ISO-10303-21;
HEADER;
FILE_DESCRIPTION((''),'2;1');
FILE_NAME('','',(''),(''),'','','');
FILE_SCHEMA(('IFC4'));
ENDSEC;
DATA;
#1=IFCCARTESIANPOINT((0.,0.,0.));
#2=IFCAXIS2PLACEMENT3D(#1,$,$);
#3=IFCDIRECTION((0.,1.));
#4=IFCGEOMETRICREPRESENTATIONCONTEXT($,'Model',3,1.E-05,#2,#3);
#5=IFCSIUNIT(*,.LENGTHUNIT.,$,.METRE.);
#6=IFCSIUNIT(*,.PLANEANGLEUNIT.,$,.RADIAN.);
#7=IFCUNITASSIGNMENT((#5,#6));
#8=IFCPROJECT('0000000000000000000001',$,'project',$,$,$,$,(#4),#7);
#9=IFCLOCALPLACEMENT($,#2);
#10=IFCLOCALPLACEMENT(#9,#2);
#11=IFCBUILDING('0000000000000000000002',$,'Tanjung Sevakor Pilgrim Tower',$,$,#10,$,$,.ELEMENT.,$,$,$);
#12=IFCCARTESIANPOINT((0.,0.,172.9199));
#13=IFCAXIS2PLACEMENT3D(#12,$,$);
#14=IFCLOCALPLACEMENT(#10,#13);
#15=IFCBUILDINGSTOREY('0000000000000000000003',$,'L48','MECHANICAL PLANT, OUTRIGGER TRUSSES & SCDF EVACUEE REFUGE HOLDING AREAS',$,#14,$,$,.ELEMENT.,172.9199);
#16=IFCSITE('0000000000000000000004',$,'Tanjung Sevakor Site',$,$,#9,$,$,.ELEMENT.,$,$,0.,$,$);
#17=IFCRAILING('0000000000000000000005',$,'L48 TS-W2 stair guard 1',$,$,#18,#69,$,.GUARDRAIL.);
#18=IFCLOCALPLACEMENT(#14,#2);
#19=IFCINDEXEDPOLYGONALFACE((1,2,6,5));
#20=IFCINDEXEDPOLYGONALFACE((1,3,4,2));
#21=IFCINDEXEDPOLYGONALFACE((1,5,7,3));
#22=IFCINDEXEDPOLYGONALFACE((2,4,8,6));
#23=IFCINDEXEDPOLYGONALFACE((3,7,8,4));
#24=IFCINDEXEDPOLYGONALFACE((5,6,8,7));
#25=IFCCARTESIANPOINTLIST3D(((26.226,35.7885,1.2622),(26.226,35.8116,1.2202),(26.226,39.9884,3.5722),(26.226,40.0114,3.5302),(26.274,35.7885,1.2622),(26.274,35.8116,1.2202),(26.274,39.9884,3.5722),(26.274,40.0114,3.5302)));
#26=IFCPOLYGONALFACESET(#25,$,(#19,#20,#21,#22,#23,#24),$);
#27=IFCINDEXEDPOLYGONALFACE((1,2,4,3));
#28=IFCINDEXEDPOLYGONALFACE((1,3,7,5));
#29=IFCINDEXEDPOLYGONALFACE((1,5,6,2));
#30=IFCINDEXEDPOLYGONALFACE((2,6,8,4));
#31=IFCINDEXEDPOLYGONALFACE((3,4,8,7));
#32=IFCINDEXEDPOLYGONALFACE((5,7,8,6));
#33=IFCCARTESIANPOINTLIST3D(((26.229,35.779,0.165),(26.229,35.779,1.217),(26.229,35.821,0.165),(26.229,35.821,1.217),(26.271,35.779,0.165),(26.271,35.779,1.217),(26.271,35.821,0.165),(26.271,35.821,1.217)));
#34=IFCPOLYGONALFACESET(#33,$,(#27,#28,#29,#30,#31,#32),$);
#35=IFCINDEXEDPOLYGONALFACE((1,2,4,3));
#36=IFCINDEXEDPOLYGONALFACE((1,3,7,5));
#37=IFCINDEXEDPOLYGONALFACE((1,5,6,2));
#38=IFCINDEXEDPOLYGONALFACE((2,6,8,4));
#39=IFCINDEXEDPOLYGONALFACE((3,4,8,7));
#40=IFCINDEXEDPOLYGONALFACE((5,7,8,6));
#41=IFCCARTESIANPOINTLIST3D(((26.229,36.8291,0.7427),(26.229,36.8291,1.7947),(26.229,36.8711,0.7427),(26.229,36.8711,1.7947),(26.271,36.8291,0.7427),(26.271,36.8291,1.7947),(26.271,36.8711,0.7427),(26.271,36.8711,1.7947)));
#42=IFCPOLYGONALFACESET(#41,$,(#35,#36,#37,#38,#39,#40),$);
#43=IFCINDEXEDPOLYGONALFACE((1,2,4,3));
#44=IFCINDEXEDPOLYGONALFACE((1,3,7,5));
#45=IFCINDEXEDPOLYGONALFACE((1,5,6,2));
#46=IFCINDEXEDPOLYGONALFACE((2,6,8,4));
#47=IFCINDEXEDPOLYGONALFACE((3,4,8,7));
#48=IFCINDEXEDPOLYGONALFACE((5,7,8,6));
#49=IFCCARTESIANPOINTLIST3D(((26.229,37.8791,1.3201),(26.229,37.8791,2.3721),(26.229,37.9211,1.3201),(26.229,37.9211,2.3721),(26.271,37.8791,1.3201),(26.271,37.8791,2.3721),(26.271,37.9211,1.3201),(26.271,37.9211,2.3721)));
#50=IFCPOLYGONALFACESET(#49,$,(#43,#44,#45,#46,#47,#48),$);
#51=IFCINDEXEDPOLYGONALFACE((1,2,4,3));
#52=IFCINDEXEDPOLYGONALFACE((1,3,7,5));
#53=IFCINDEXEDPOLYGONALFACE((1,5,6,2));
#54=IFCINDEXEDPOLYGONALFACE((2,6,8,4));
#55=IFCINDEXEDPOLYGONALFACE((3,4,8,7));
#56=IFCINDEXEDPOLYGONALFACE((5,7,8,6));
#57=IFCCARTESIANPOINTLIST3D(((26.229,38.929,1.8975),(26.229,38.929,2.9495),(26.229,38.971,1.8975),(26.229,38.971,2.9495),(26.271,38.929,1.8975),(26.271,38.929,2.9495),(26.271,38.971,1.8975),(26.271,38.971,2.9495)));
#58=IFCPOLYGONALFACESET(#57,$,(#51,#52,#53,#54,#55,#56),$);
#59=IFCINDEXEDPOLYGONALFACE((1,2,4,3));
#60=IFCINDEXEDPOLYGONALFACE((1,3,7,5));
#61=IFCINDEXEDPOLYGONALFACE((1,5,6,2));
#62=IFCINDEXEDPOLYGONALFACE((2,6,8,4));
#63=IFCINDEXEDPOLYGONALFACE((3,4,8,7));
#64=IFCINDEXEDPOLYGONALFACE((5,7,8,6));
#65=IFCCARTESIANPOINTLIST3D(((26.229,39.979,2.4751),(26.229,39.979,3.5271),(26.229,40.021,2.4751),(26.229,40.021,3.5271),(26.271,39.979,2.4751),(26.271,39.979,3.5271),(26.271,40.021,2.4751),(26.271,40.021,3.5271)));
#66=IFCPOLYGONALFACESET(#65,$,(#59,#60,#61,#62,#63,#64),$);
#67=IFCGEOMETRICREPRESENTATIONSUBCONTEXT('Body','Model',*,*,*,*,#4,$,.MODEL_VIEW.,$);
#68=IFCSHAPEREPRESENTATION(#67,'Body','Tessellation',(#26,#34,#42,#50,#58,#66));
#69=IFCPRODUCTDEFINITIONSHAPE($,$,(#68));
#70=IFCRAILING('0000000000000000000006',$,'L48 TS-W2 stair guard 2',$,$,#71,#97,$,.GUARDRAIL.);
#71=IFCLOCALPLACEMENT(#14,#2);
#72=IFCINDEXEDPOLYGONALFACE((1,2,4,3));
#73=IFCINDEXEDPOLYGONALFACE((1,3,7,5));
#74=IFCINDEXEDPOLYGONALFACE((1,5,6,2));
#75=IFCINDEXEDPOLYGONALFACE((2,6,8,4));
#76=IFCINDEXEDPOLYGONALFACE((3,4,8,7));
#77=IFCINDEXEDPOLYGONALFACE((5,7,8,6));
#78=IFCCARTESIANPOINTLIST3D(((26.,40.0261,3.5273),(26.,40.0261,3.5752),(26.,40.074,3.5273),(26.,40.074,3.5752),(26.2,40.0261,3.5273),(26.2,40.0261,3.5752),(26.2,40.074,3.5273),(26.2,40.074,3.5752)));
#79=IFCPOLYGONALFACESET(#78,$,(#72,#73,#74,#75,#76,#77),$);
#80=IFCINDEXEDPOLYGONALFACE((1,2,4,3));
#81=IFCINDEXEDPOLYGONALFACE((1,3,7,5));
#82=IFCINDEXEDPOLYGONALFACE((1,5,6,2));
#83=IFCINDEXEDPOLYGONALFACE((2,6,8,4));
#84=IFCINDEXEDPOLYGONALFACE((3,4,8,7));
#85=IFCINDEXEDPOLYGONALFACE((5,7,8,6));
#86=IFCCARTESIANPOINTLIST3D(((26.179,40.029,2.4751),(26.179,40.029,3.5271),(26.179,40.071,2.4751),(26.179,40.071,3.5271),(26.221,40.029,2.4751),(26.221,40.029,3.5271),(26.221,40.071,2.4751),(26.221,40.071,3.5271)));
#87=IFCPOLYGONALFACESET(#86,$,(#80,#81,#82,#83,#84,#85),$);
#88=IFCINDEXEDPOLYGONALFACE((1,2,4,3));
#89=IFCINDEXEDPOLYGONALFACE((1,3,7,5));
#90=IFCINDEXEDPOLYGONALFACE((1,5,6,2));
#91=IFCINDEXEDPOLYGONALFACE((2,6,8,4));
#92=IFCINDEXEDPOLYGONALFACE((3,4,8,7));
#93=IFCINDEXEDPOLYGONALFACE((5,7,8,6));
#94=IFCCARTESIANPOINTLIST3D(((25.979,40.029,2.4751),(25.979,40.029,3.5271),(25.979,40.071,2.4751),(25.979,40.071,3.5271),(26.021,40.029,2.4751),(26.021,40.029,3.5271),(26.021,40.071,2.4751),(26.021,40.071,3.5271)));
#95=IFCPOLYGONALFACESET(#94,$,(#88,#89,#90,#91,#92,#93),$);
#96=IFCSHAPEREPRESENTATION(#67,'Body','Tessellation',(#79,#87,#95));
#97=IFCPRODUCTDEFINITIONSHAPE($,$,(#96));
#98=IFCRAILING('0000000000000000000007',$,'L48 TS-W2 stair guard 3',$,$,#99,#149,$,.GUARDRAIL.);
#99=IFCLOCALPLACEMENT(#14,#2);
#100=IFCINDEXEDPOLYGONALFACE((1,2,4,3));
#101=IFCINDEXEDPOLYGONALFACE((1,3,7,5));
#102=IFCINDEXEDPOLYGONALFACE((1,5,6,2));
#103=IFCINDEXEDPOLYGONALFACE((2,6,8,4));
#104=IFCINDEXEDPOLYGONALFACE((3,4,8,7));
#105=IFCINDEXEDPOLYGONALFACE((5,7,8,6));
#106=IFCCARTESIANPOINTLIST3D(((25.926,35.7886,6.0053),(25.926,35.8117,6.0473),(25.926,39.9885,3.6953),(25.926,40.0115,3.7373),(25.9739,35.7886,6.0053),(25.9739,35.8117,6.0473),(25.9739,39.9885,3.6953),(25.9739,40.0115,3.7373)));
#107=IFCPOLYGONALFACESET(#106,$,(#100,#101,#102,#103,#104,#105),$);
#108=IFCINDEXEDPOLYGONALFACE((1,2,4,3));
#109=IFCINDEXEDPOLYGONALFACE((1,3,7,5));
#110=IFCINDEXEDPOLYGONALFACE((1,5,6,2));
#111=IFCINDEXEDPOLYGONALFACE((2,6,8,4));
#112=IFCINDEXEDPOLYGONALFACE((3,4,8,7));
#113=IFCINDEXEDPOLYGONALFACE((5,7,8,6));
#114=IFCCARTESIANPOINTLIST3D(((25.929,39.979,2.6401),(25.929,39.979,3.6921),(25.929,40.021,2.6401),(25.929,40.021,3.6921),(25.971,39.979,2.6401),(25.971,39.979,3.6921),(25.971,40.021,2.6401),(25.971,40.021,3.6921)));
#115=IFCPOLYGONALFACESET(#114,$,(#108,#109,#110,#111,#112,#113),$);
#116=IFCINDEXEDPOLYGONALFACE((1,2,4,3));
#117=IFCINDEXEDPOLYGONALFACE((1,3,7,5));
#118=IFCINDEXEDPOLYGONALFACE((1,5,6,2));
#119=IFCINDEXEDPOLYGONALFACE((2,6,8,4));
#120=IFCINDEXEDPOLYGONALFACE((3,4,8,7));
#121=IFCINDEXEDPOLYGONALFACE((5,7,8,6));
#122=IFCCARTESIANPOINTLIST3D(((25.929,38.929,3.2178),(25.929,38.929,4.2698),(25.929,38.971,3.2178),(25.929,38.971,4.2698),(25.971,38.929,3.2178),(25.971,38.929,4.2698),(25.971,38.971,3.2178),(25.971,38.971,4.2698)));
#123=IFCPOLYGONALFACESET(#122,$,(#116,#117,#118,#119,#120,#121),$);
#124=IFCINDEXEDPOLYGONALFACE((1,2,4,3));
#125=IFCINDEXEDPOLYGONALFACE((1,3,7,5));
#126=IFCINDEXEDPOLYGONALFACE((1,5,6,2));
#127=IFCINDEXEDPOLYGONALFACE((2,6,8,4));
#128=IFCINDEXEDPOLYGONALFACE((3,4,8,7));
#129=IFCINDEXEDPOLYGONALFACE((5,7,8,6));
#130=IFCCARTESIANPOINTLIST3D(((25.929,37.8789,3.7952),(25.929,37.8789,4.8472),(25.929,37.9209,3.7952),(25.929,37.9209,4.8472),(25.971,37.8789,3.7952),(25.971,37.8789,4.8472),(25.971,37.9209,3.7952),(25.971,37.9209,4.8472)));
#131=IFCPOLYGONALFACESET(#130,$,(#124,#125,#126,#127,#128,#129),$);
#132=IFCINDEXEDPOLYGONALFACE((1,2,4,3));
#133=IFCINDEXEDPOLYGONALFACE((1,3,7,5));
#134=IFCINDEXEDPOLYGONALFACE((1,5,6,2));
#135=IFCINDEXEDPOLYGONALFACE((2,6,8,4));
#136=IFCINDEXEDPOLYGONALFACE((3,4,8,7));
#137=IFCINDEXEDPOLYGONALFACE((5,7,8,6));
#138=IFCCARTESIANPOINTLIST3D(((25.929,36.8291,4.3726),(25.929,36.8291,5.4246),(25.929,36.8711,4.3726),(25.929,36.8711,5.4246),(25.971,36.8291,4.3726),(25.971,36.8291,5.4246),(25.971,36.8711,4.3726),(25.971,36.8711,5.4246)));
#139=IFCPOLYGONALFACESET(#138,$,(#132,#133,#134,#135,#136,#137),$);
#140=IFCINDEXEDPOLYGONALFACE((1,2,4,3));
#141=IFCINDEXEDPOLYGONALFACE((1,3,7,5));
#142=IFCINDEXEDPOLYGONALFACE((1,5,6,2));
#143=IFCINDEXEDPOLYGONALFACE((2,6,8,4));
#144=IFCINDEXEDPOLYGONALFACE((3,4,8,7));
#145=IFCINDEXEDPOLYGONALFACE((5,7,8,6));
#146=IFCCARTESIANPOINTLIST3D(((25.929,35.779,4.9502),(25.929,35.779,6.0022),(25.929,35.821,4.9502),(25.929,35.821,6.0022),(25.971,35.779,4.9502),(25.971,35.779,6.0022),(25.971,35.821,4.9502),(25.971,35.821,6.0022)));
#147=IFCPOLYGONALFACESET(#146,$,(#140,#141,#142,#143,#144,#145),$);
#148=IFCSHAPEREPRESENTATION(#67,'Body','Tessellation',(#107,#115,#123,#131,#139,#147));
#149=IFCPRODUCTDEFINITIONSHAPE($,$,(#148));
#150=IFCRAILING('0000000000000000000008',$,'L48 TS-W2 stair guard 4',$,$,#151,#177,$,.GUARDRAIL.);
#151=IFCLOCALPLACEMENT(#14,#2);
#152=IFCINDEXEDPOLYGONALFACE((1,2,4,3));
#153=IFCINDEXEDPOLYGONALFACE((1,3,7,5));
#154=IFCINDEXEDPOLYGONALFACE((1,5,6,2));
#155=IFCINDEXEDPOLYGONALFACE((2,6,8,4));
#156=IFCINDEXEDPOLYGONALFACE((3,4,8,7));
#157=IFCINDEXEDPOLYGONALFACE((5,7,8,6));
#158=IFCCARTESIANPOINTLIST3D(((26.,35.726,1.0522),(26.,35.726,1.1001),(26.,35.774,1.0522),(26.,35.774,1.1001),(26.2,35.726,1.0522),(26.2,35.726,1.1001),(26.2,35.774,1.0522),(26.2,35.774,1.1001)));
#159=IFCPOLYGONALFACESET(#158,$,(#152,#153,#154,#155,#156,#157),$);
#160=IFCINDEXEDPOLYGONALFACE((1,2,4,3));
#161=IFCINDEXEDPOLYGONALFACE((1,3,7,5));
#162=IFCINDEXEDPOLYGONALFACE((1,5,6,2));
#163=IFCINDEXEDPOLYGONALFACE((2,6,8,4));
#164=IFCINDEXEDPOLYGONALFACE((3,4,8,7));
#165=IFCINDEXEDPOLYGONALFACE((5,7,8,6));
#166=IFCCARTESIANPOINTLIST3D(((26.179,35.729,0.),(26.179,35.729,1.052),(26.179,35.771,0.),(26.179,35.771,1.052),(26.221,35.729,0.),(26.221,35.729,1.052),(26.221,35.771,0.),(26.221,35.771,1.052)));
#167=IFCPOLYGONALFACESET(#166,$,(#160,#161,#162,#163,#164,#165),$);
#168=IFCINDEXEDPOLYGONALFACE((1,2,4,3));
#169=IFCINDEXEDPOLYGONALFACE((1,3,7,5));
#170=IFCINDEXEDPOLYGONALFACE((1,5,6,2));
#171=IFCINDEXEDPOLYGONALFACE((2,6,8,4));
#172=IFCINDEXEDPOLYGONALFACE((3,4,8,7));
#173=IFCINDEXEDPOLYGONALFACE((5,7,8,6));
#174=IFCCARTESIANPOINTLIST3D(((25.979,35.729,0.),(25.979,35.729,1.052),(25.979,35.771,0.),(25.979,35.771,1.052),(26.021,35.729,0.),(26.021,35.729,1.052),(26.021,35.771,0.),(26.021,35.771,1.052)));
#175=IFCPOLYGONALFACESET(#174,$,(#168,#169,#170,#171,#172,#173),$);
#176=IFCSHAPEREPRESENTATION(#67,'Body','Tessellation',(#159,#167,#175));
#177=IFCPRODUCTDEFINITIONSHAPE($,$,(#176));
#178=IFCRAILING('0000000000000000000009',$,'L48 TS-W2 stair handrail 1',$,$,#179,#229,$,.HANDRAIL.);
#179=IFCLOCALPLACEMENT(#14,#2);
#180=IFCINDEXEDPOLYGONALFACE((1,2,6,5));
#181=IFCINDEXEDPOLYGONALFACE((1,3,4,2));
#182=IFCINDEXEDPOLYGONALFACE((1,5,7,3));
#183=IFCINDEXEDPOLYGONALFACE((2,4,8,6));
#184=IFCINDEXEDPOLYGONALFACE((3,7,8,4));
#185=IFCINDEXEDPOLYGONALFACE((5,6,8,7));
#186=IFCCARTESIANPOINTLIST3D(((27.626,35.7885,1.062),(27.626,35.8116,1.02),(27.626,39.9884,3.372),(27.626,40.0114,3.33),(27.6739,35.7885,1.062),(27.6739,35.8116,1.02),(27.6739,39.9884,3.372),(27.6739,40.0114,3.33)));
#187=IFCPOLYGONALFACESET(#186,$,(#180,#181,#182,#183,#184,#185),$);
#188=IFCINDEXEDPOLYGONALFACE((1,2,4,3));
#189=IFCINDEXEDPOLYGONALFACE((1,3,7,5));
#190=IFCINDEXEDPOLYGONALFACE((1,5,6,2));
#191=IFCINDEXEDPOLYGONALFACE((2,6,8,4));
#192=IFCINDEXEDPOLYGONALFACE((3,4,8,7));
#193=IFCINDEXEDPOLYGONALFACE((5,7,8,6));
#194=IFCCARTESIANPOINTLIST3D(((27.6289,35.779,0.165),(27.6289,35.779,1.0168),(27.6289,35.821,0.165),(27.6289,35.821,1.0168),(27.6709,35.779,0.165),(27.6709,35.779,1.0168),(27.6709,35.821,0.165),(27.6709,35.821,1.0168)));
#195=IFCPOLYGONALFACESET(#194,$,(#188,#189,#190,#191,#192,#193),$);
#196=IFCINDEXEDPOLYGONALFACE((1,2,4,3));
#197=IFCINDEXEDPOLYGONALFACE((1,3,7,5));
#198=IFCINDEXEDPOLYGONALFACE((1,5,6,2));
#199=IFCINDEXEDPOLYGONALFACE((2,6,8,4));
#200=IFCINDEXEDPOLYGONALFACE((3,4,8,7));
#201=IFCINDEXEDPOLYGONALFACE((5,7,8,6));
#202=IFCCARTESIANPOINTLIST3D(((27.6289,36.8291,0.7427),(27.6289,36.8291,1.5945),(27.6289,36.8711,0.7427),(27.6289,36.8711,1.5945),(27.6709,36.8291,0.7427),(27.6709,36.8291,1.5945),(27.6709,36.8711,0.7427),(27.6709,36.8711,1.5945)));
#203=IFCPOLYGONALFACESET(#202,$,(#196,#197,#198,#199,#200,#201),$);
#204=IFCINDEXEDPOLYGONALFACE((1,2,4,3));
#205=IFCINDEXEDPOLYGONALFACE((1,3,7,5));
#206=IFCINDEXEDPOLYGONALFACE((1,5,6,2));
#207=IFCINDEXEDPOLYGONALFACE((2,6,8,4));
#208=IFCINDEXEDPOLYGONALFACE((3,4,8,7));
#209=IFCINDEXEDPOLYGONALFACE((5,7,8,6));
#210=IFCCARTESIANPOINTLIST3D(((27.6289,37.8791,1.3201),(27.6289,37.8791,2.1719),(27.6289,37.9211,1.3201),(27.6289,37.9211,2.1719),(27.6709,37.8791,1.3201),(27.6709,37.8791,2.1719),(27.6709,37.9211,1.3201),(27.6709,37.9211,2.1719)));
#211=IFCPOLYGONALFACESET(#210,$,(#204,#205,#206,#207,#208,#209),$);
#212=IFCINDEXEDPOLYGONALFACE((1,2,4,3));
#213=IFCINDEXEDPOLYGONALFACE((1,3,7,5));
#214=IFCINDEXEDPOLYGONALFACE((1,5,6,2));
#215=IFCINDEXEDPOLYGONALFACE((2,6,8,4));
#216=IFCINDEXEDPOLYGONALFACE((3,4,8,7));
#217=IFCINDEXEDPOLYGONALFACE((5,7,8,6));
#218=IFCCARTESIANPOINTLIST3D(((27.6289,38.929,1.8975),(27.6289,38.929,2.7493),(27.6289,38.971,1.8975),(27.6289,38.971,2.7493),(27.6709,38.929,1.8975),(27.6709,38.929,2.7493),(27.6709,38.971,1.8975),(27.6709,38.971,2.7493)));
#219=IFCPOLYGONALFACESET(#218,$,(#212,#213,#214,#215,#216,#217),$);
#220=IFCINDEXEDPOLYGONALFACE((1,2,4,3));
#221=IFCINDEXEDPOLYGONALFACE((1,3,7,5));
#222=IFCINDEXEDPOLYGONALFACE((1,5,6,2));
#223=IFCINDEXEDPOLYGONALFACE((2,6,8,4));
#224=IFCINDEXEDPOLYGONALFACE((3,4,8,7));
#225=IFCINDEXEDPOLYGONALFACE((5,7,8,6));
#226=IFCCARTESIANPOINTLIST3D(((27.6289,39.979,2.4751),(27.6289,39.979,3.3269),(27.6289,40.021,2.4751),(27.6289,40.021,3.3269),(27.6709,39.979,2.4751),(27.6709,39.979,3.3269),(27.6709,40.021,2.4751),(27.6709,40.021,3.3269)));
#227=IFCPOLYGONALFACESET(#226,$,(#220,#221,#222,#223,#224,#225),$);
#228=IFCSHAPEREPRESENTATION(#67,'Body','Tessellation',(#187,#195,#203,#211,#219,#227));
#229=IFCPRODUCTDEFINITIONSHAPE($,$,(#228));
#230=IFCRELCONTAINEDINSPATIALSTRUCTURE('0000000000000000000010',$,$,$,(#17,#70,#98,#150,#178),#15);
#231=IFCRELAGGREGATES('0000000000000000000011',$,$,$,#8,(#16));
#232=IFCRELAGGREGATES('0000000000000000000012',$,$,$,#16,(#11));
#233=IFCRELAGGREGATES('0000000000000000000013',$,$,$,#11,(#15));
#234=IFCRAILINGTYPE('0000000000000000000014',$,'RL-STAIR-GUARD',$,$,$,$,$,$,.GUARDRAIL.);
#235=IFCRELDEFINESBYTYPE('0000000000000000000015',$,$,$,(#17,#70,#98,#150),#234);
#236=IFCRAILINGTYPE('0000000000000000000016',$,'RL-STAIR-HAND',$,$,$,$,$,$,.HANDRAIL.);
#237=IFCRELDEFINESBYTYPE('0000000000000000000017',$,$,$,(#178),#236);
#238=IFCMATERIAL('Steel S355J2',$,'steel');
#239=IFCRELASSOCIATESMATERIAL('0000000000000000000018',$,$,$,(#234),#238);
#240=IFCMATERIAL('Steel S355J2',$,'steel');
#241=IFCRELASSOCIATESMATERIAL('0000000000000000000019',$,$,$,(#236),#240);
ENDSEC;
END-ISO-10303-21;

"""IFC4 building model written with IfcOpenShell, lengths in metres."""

from ifc_helpers import new_model, si_unit, direction, frame, origin, place, context, subcontext, project, spatial, rectangle, extrude, material, type_object, element, save


model = new_model("IFC4")

# Units and contexts
model_context = context("Model", 3, precision=1e-05, world=origin(), true_north=direction((0.0, 1.0)))
body_context = subcontext(model_context, "Body", "Model", "MODEL_VIEW")
ifc_project = project(units=[si_unit("LENGTHUNIT", "METRE"), si_unit("PLANEANGLEUNIT", "RADIAN")], contexts=[model_context])

# Site, building, storey
site_placement = place(None, origin())
site = spatial("IfcSite", under=ifc_project, at=site_placement, Name="Tanjung Sevakor Site", CompositionType="ELEMENT", RefElevation=0.0)
building_placement = place(site_placement, origin())
building = spatial("IfcBuilding", under=site, at=building_placement, Name="Tanjung Sevakor Pilgrim Tower", CompositionType="ELEMENT")
storey_placement = place(building_placement, frame((0.0, 0.0, 172.9199)))
storey = spatial("IfcBuildingStorey", under=building, at=storey_placement, Name="L48", Description="MECHANICAL PLANT, OUTRIGGER TRUSSES & SCDF EVACUEE REFUGE HOLDING AREAS", CompositionType="ELEMENT", Elevation=172.9199)

# Railings
ifc_material_1 = material(Name="Steel S355J2", Category="steel")
railing_type_1 = type_object("IfcRailingType", Name="RL-STAIR-GUARD", PredefinedType="GUARDRAIL", material=ifc_material_1)
railing_1_placement = place(storey_placement, frame((26.25, 35.8, 0.165)))
element("IfcRailing", 1, at=railing_1_placement, inside=storey, type_object=railing_type_1, Name="L48 TS-W2 stair guard 1", PredefinedType="GUARDRAIL", context=body_context, shape_type="SweptSolid", body=[
    extrude(rectangle(XDim=0.0479, YDim=0.0479), frame((0.0, 0.0, 1.0762), z_axis=(0.0, 0.876208, 0.481932), x_axis=(-1.0, 0.0, 0.0)), (0.0, 0.0, 1.0), 4.7932),
    extrude(rectangle(XDim=0.042, YDim=0.042), origin(), (0.0, 0.0, 1.0), 1.052),
    extrude(rectangle(XDim=0.042, YDim=0.042), frame((0.0, 1.05, 0.5776)), (0.0, 0.0, 1.0), 1.052),
    extrude(rectangle(XDim=0.042, YDim=0.042), frame((0.0, 2.1001, 1.155)), (0.0, 0.0, 1.0), 1.052),
    extrude(rectangle(XDim=0.042, YDim=0.042), frame((0.0, 3.1499, 1.7324)), (0.0, 0.0, 1.0), 1.052),
    extrude(rectangle(XDim=0.042, YDim=0.042), frame((0.0, 4.2, 2.3101)), (0.0, 0.0, 1.0), 1.052),
])
railing_2_placement = place(storey_placement, frame((26.2, 40.05, 2.4751)))
element("IfcRailing", 2, at=railing_2_placement, inside=storey, type_object=railing_type_1, Name="L48 TS-W2 stair guard 2", PredefinedType="GUARDRAIL", context=body_context, shape_type="SweptSolid", body=[
    extrude(rectangle(XDim=0.0479, YDim=0.0479), frame((0.0, 0.0, 1.0762), z_axis=(-1.0, 0.0, 0.0), x_axis=(0.0, -1.0, 0.0)), (0.0, 0.0, 1.0), 0.2),
    extrude(rectangle(XDim=0.042, YDim=0.042), origin(), (0.0, 0.0, 1.0), 1.052),
    extrude(rectangle(XDim=0.042, YDim=0.042), frame((-0.2, 0.0, 0.0)), (0.0, 0.0, 1.0), 1.052),
])
railing_3_placement = place(storey_placement, frame((25.95, 40.0, 2.6401)))
element("IfcRailing", 3, at=railing_3_placement, inside=storey, type_object=railing_type_1, Name="L48 TS-W2 stair guard 3", PredefinedType="GUARDRAIL", context=body_context, shape_type="SweptSolid", body=[
    extrude(rectangle(XDim=0.0479, YDim=0.0479), frame((0.0, 0.0, 1.0762), z_axis=(0.0, -0.876208, 0.481932), x_axis=(1.0, 0.0, 0.0)), (0.0, 0.0, 1.0), 4.7932),
    extrude(rectangle(XDim=0.042, YDim=0.042), origin(), (0.0, 0.0, 1.0), 1.052),
    extrude(rectangle(XDim=0.042, YDim=0.042), frame((0.0, -1.05, 0.5776)), (0.0, 0.0, 1.0), 1.052),
    extrude(rectangle(XDim=0.042, YDim=0.042), frame((0.0, -2.1001, 1.155)), (0.0, 0.0, 1.0), 1.052),
    extrude(rectangle(XDim=0.042, YDim=0.042), frame((0.0, -3.1499, 1.7324)), (0.0, 0.0, 1.0), 1.052),
    extrude(rectangle(XDim=0.042, YDim=0.042), frame((0.0, -4.2, 2.3101)), (0.0, 0.0, 1.0), 1.052),
])
railing_4_placement = place(storey_placement, frame((26.2, 35.75, 0.0)))
element("IfcRailing", 4, at=railing_4_placement, inside=storey, type_object=railing_type_1, Name="L48 TS-W2 stair guard 4", PredefinedType="GUARDRAIL", context=body_context, shape_type="SweptSolid", body=[
    extrude(rectangle(XDim=0.0479, YDim=0.0479), frame((0.0, 0.0, 1.0762), z_axis=(-1.0, 0.0, 0.0), x_axis=(0.0, -1.0, 0.0)), (0.0, 0.0, 1.0), 0.2),
    extrude(rectangle(XDim=0.042, YDim=0.042), origin(), (0.0, 0.0, 1.0), 1.052),
    extrude(rectangle(XDim=0.042, YDim=0.042), frame((-0.2, 0.0, 0.0)), (0.0, 0.0, 1.0), 1.052),
])
ifc_material_2 = material(Name="Steel S355J2", Category="steel")
railing_type_2 = type_object("IfcRailingType", Name="RL-STAIR-HAND", PredefinedType="HANDRAIL", material=ifc_material_2)
railing_5_placement = place(storey_placement, frame((27.6499, 35.8, 0.165)))
element("IfcRailing", 5, at=railing_5_placement, inside=storey, type_object=railing_type_2, Name="L48 TS-W2 stair handrail 1", PredefinedType="HANDRAIL", context=body_context, shape_type="SweptSolid", body=[
    extrude(rectangle(XDim=0.0479, YDim=0.0479), frame((0.0, 0.0, 0.876), z_axis=(0.0, 0.876208, 0.481932), x_axis=(-1.0, 0.0, 0.0)), (0.0, 0.0, 1.0), 4.7932),
    extrude(rectangle(XDim=0.042, YDim=0.042), origin(), (0.0, 0.0, 1.0), 0.8518),
    extrude(rectangle(XDim=0.042, YDim=0.042), frame((0.0, 1.05, 0.5776)), (0.0, 0.0, 1.0), 0.8518),
    extrude(rectangle(XDim=0.042, YDim=0.042), frame((0.0, 2.1001, 1.155)), (0.0, 0.0, 1.0), 0.8518),
    extrude(rectangle(XDim=0.042, YDim=0.042), frame((0.0, 3.1499, 1.7324)), (0.0, 0.0, 1.0), 0.8518),
    extrude(rectangle(XDim=0.042, YDim=0.042), frame((0.0, 4.2, 2.3101)), (0.0, 0.0, 1.0), 0.8518),
])

save(model, "model.ifc")
